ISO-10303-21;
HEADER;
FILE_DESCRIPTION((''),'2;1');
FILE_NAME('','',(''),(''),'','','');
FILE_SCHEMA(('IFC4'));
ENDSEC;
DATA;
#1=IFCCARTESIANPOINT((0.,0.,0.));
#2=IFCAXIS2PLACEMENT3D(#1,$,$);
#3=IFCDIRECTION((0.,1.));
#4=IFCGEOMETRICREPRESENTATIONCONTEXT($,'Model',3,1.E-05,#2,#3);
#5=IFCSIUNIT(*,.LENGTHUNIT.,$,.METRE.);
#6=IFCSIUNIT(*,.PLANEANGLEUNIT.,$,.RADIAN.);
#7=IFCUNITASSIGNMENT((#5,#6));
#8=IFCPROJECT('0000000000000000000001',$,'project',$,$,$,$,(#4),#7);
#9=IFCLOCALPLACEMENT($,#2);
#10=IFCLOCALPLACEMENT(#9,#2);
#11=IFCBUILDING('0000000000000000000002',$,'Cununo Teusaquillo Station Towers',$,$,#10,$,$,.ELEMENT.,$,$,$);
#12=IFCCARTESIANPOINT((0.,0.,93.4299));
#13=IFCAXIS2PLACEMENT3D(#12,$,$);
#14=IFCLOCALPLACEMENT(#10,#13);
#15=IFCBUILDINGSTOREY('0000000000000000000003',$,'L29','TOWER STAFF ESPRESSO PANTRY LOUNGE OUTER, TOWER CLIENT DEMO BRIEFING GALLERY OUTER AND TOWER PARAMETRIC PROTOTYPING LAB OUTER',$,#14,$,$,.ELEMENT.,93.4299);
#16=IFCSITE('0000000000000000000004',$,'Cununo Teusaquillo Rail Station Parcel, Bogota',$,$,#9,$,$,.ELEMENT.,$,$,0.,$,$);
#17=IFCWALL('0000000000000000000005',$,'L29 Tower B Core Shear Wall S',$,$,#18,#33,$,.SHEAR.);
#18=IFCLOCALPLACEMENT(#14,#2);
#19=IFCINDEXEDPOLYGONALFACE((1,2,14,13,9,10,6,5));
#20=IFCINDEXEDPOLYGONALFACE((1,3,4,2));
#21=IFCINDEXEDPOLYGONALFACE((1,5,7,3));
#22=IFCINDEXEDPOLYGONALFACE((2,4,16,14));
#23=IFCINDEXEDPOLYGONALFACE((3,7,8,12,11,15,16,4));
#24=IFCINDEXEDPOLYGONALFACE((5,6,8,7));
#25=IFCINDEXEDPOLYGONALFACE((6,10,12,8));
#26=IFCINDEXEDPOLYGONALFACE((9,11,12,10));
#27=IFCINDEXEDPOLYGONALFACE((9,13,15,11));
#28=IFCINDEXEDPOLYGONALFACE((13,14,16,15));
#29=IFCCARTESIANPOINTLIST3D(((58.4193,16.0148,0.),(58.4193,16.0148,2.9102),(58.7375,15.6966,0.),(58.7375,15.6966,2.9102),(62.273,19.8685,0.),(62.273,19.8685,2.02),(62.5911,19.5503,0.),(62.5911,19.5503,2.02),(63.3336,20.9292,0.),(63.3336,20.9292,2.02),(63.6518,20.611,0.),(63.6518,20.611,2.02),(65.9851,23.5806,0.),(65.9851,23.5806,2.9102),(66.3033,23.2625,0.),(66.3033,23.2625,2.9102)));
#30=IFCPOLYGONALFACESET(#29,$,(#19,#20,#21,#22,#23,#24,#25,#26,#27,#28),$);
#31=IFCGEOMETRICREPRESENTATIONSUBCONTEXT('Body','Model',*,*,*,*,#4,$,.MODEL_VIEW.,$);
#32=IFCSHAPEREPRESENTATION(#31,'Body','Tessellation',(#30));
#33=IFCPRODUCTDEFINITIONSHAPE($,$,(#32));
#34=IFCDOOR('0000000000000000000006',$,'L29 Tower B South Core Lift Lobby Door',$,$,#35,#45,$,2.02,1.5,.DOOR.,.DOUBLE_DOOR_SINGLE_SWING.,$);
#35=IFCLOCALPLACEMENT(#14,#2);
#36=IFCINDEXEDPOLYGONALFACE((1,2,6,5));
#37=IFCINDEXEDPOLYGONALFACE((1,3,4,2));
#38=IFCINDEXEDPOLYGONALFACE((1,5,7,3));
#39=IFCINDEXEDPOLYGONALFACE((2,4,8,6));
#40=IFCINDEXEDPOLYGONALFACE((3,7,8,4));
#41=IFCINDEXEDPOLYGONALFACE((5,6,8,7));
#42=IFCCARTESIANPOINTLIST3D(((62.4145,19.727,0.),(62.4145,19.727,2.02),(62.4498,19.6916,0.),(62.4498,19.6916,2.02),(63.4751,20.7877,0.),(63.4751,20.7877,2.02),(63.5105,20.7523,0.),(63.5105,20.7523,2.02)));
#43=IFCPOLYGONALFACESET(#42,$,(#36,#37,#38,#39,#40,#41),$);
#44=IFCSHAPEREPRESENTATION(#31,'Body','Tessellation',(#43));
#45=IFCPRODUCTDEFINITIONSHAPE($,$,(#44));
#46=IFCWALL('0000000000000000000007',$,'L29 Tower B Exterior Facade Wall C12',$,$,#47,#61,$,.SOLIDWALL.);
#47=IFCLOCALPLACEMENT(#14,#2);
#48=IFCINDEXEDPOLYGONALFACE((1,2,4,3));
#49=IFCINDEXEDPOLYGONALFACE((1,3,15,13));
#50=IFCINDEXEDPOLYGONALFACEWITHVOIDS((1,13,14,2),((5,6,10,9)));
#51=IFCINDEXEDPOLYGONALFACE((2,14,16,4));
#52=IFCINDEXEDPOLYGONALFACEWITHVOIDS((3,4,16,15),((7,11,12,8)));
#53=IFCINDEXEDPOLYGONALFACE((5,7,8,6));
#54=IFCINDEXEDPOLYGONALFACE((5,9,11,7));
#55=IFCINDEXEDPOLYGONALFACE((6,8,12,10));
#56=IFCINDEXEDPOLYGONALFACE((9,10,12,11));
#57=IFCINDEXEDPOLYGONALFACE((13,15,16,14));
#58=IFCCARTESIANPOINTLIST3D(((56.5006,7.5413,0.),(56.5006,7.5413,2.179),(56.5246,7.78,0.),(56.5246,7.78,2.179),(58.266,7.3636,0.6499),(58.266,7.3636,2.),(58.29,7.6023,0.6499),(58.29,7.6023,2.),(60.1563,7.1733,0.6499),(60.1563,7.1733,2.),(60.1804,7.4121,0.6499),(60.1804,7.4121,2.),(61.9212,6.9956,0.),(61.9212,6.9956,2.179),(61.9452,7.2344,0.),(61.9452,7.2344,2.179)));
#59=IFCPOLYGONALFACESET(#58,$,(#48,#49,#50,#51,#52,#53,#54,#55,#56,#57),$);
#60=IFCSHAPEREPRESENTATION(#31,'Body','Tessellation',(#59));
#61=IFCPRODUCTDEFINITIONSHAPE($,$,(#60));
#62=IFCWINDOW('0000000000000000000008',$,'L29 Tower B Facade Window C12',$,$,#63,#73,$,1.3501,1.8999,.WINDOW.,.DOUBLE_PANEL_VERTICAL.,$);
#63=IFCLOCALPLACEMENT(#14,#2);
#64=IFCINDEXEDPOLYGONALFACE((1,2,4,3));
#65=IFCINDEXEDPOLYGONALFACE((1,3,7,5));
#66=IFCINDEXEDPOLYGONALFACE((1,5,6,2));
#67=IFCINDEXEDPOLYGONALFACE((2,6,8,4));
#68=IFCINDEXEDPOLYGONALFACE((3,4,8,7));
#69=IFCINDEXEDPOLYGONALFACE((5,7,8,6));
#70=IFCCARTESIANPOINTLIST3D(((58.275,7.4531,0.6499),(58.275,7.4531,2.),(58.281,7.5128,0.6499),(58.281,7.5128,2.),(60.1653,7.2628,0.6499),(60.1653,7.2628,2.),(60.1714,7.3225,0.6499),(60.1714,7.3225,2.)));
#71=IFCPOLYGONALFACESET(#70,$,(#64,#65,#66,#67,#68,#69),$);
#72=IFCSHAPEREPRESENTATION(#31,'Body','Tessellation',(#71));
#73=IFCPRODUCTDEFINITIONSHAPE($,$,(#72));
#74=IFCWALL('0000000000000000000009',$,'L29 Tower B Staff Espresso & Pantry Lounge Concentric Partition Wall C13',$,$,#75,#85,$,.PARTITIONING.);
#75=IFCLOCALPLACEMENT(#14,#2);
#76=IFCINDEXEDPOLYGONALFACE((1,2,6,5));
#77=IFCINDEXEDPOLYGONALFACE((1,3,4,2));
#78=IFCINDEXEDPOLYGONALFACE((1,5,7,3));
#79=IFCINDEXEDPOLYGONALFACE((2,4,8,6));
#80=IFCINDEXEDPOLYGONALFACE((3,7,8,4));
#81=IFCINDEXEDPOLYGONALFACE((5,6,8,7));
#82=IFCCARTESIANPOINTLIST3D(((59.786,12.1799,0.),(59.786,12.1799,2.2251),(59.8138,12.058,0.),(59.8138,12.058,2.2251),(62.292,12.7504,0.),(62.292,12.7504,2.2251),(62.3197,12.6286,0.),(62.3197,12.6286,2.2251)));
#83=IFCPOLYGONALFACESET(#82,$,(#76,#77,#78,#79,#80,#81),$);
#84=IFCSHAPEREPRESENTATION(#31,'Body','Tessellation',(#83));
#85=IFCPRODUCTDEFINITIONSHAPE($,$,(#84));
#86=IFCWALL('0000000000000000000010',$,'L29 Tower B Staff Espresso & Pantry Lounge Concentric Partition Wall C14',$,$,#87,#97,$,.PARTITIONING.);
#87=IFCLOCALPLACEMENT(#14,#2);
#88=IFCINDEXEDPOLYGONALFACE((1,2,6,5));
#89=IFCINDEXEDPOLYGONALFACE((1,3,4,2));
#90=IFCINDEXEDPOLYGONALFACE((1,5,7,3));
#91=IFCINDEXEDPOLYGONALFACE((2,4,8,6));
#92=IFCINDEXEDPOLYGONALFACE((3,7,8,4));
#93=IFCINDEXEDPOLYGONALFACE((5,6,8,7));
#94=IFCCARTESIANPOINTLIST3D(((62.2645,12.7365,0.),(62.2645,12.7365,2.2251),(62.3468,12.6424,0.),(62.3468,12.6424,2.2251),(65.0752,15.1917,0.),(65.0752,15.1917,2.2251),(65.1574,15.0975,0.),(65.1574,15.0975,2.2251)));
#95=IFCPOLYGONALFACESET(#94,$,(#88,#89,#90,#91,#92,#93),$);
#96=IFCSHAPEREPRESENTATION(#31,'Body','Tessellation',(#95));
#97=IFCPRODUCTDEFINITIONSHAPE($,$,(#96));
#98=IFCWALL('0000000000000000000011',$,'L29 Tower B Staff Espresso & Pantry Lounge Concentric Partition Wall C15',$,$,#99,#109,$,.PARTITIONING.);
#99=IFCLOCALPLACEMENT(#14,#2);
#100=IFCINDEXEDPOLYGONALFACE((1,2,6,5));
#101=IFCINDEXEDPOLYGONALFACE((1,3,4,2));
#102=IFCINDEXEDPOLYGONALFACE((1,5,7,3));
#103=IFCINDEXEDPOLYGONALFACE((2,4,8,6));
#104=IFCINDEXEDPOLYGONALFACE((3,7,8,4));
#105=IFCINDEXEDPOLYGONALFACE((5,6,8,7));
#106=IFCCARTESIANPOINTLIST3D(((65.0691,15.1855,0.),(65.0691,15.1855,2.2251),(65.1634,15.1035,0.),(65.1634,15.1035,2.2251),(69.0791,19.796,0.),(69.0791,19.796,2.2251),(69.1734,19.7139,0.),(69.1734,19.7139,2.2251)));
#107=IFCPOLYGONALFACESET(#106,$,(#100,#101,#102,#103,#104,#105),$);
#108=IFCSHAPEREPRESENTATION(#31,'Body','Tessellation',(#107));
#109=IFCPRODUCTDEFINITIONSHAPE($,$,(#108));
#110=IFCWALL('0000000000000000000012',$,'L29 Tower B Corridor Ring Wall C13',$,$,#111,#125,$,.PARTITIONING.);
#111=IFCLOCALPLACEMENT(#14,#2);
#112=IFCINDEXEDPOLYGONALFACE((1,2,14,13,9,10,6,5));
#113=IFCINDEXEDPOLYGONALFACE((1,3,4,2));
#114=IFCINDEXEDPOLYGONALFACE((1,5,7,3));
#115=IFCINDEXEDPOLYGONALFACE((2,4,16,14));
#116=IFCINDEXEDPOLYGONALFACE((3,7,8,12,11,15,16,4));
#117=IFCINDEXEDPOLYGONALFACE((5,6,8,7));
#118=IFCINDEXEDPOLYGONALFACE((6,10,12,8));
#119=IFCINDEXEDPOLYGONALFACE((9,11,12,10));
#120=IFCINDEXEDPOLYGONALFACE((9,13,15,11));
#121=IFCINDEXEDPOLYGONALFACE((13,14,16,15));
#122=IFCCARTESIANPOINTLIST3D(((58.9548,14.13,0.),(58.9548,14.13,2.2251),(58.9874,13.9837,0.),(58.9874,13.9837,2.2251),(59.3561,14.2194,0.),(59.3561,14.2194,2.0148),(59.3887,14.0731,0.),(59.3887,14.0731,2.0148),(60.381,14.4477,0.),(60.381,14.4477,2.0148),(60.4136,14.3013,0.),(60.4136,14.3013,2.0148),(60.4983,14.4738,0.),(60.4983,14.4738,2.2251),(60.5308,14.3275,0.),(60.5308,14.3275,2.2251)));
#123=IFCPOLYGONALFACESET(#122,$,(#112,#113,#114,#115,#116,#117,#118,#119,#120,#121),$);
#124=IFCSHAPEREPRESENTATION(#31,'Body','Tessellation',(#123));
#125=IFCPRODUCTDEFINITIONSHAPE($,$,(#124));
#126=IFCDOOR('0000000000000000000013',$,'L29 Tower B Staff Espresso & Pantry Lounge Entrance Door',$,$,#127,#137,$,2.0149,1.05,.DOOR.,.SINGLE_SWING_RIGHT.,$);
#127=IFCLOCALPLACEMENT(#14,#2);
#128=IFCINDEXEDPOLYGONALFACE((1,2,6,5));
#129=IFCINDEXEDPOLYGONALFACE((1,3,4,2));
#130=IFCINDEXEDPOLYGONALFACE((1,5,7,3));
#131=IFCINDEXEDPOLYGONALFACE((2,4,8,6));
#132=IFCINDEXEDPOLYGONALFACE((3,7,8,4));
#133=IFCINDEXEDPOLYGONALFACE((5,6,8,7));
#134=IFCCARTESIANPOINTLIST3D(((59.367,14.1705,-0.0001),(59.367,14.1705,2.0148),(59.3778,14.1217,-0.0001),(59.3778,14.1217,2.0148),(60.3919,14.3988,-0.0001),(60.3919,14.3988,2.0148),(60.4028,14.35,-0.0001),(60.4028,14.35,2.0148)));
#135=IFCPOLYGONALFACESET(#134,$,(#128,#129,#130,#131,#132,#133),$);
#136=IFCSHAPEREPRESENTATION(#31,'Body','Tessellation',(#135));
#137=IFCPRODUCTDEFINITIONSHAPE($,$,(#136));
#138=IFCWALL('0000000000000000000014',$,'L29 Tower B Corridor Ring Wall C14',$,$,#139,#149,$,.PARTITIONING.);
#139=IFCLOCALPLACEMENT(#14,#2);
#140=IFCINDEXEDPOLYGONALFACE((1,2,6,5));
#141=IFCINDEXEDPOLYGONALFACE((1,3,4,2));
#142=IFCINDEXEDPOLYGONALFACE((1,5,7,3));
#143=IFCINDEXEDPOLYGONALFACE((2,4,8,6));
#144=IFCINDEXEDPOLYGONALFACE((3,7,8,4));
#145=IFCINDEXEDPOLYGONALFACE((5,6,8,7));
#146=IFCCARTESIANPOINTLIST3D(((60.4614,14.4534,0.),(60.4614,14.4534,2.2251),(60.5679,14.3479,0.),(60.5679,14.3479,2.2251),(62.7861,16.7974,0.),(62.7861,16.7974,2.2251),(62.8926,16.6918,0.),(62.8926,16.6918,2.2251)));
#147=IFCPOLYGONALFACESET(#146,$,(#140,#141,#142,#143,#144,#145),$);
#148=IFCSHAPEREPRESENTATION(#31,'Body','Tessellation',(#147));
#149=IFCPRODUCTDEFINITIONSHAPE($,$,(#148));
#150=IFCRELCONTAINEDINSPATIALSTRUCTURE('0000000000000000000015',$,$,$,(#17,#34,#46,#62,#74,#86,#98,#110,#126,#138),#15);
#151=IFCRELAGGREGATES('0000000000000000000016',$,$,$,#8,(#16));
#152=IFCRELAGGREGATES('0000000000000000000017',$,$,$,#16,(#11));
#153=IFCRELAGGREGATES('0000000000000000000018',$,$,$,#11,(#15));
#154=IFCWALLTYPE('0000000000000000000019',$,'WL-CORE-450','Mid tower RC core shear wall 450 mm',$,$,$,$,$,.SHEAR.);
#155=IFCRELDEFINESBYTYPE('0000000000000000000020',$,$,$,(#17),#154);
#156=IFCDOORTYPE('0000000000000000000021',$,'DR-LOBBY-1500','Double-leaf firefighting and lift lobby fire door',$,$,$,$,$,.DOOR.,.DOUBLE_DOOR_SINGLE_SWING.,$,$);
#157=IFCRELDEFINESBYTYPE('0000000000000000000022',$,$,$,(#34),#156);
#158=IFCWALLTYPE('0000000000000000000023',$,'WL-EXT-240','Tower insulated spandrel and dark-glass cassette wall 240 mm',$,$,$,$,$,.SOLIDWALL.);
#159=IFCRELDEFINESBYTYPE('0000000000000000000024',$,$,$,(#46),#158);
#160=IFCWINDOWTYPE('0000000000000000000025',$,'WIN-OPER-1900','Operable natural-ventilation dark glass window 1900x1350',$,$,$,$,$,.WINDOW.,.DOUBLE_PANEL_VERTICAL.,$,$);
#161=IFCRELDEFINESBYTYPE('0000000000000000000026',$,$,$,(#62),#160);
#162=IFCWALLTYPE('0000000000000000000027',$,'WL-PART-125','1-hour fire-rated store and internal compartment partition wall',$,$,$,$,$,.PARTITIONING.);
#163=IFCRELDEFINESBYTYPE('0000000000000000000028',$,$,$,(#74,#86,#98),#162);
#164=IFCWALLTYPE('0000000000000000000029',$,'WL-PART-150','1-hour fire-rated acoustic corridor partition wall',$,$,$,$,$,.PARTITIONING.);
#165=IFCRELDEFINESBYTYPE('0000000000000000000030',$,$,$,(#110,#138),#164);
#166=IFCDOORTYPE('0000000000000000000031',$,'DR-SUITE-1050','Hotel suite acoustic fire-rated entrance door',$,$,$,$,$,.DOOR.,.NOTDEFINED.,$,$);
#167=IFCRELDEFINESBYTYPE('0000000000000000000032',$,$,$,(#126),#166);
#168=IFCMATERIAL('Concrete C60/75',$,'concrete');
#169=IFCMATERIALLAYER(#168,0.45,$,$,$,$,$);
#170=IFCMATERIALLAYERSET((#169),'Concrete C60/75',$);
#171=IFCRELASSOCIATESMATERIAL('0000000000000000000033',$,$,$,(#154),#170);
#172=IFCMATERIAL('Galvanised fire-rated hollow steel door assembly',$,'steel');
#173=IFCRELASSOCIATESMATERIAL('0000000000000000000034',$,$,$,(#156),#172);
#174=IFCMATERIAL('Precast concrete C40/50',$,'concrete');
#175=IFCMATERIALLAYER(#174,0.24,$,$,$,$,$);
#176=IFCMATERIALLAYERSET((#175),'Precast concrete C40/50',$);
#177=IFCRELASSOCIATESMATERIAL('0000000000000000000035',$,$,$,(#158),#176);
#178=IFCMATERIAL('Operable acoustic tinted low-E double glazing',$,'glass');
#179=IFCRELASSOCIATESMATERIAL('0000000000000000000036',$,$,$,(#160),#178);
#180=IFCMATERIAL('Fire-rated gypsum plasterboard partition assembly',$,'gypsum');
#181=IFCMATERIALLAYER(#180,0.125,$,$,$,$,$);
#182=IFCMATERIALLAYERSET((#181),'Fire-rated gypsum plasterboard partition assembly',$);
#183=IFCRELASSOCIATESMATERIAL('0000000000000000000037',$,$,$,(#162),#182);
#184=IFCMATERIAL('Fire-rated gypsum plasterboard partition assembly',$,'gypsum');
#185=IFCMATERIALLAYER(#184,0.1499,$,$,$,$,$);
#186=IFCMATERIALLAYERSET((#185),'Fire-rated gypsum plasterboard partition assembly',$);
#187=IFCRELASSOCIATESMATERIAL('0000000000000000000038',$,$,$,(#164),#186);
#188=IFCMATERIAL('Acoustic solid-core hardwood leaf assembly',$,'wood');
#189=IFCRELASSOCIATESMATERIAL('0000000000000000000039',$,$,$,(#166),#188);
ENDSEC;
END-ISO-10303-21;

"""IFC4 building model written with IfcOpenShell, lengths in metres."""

from ifc_helpers import new_model, si_unit, direction, frame, frame_2d, origin, place, context, subcontext, project, spatial, rectangle, extrude, source, transform, mapped, material, layer, layer_set, type_object, element, fill, save


model = new_model("IFC4")

# Units and contexts
model_context = context("Model", 3, precision=1e-05, world=origin(), true_north=direction((0.0, 1.0)))
body_context = subcontext(model_context, "Body", "Model", "MODEL_VIEW")
ifc_project = project(units=[si_unit("LENGTHUNIT", "METRE"), si_unit("PLANEANGLEUNIT", "RADIAN")], contexts=[model_context])

# Site, building, storey
site_placement = place(None, origin())
site = spatial("IfcSite", under=ifc_project, at=site_placement, Name="Cununo Teusaquillo Rail Station Parcel, Bogota", CompositionType="ELEMENT", RefElevation=0.0)
building_placement = place(site_placement, origin())
building = spatial("IfcBuilding", under=site, at=building_placement, Name="Cununo Teusaquillo Station Towers", CompositionType="ELEMENT")
storey_placement = place(building_placement, frame((0.0, 0.0, 93.4299)))
storey = spatial("IfcBuildingStorey", under=building, at=storey_placement, Name="L29", Description="TOWER STAFF ESPRESSO PANTRY LOUNGE OUTER, TOWER CLIENT DEMO BRIEFING GALLERY OUTER AND TOWER PARAMETRIC PROTOTYPING LAB OUTER", CompositionType="ELEMENT", Elevation=93.4299)

# Shared definitions
ifc_material_1 = material(Name="Concrete C60/75", Category="concrete")
ifc_layer_1 = layer(ifc_material_1, 0.45)
ifc_layer_set_1 = layer_set([ifc_layer_1], Name="Concrete C60/75")
wall_type_1 = type_object("IfcWallType", Name="WL-CORE-450", Description="Mid tower RC core shear wall 450 mm", PredefinedType="SHEAR", material=ifc_layer_set_1)

# Wall, opening, door
wall_1_placement = place(storey_placement, frame((58.5784, 15.8557, 0.0), z_axis=(0.0, 0.0, 1.0), x_axis=(0.707107, 0.707107, 0.0)))
wall_1 = element("IfcWall", 1, at=wall_1_placement, inside=storey, type_object=wall_type_1, Name="L29 Tower B Core Shear Wall S", PredefinedType="SHEAR", context=body_context, shape_type="SweptSolid", body=[
    extrude(rectangle(XDim=10.6997, YDim=0.45, at=frame_2d((5.3499, 0.0))), origin(), (0.0, 0.0, 1.0), 2.9102),
])
shared_shape_1 = source(origin(), body_context, "Body", "SweptSolid", [
    extrude(rectangle(XDim=1.5, YDim=2.02, at=frame_2d((0.75, 1.01))), frame((0.0, 0.2349, 0.0), z_axis=(0.0, -1.0, 0.0), x_axis=(1.0, 0.0, 0.0)), (0.0, 0.0, 1.0), 0.47),
])
opening_1_placement = place(wall_1_placement, frame((5.45, 0.0, 0.0)))
opening_1 = element("IfcOpeningElement", 2, at=opening_1_placement, cuts=wall_1, PredefinedType="OPENING", context=body_context, shape_type="MappedRepresentation", body=[
    mapped(shared_shape_1, transform((0.0, 0.0, 0.0), x_axis=(1.0, 0.0, 0.0), y_axis=(0.0, 1.0, 0.0), z_axis=(0.0, 0.0, 1.0), scale=1.0)),
])
ifc_material_2 = material(Name="Galvanised fire-rated hollow steel door assembly", Category="steel")
door_type_1 = type_object("IfcDoorType", Name="DR-LOBBY-1500", Description="Double-leaf firefighting and lift lobby fire door", OperationType="DOUBLE_DOOR_SINGLE_SWING", PredefinedType="DOOR", material=ifc_material_2)
shared_shape_2 = source(origin(), body_context, "Body", "SweptSolid", [
    extrude(rectangle(XDim=1.5, YDim=2.02, at=frame_2d((0.75, 1.01))), frame((0.0, 0.0249, 0.0), z_axis=(0.0, -1.0, 0.0), x_axis=(1.0, 0.0, 0.0)), (0.0, 0.0, 1.0), 0.05),
])
door_1_placement = place(opening_1_placement, origin())
door_1 = element("IfcDoor", 3, at=door_1_placement, inside=storey, type_object=door_type_1, Name="L29 Tower B South Core Lift Lobby Door", OperationType="DOUBLE_DOOR_SINGLE_SWING", OverallHeight=2.02, OverallWidth=1.5, PredefinedType="DOOR", context=body_context, shape_type="MappedRepresentation", body=[
    mapped(shared_shape_2, transform((0.0, 0.0, 0.0), x_axis=(1.0, 0.0, 0.0), y_axis=(0.0, 1.0, 0.0), z_axis=(0.0, 0.0, 1.0), scale=1.0)),
])
fill(opening_1, door_1)

# Wall, opening, window
ifc_material_3 = material(Name="Precast concrete C40/50", Category="concrete")
ifc_layer_2 = layer(ifc_material_3, 0.24)
ifc_layer_set_2 = layer_set([ifc_layer_2], Name="Precast concrete C40/50")
wall_type_2 = type_object("IfcWallType", Name="WL-EXT-240", Description="Tower insulated spandrel and dark-glass cassette wall 240 mm", PredefinedType="SOLIDWALL", material=ifc_layer_set_2)
wall_2_placement = place(storey_placement, frame((61.9333, 7.115, 0.0), z_axis=(0.0, 0.0, 1.0), x_axis=(-0.994972, 0.100156, 0.0)))
wall_2 = element("IfcWall", 4, at=wall_2_placement, inside=storey, type_object=wall_type_2, Name="L29 Tower B Exterior Facade Wall C12", PredefinedType="SOLIDWALL", context=body_context, shape_type="SweptSolid", body=[
    extrude(rectangle(XDim=5.448, YDim=0.24, at=frame_2d((2.7241, 0.0))), origin(), (0.0, 0.0, 1.0), 2.179),
])
shared_shape_3 = source(origin(), body_context, "Body", "SweptSolid", [
    extrude(rectangle(XDim=1.8999, YDim=1.3501, at=frame_2d((0.95, 0.675))), frame((0.0, 0.1299, 0.0), z_axis=(0.0, -1.0, 0.0), x_axis=(1.0, 0.0, 0.0)), (0.0, 0.0, 1.0), 0.26),
])
opening_2_placement = place(wall_2_placement, frame((1.7739, 0.0, 0.6499)))
opening_2 = element("IfcOpeningElement", 5, at=opening_2_placement, cuts=wall_2, PredefinedType="OPENING", context=body_context, shape_type="MappedRepresentation", body=[
    mapped(shared_shape_3, transform((0.0, 0.0, 0.0), x_axis=(1.0, 0.0, 0.0), y_axis=(0.0, 1.0, 0.0), z_axis=(0.0, 0.0, 1.0), scale=1.0)),
])
ifc_material_4 = material(Name="Operable acoustic tinted low-E double glazing", Category="glass")
window_type = type_object("IfcWindowType", Name="WIN-OPER-1900", Description="Operable natural-ventilation dark glass window 1900x1350", PartitioningType="DOUBLE_PANEL_VERTICAL", PredefinedType="WINDOW", material=ifc_material_4)
shared_shape_4 = source(origin(), body_context, "Body", "SweptSolid", [
    extrude(rectangle(XDim=1.8999, YDim=1.3501, at=frame_2d((0.95, 0.675))), frame((0.0, 0.03, 0.0), z_axis=(0.0, -1.0, 0.0), x_axis=(1.0, 0.0, 0.0)), (0.0, 0.0, 1.0), 0.0601),
])
window_placement = place(opening_2_placement, origin())
window = element("IfcWindow", 6, at=window_placement, inside=storey, type_object=window_type, Name="L29 Tower B Facade Window C12", OverallHeight=1.3501, OverallWidth=1.8999, PartitioningType="DOUBLE_PANEL_VERTICAL", PredefinedType="WINDOW", context=body_context, shape_type="MappedRepresentation", body=[
    mapped(shared_shape_4, transform((0.0, 0.0, 0.0), x_axis=(1.0, 0.0, 0.0), y_axis=(0.0, 1.0, 0.0), z_axis=(0.0, 0.0, 1.0), scale=1.0)),
])
fill(opening_2, window)

# Walls
ifc_material_5 = material(Name="Fire-rated gypsum plasterboard partition assembly", Category="gypsum")
ifc_layer_3 = layer(ifc_material_5, 0.125)
ifc_layer_set_3 = layer_set([ifc_layer_3], Name="Fire-rated gypsum plasterboard partition assembly")
wall_type_3 = type_object("IfcWallType", Name="WL-PART-125", Description="1-hour fire-rated store and internal compartment partition wall", PredefinedType="PARTITIONING", material=ifc_layer_set_3)
wall_3_placement = place(storey_placement, frame((59.7998, 12.1189, 0.0), z_axis=(0.0, 0.0, 1.0), x_axis=(0.975045, 0.222007, 0.0)))
element("IfcWall", 7, at=wall_3_placement, inside=storey, type_object=wall_type_3, Name="L29 Tower B Staff Espresso & Pantry Lounge Concentric Partition Wall C13", PredefinedType="PARTITIONING", context=body_context, shape_type="SweptSolid", body=[
    extrude(rectangle(XDim=2.5701, YDim=0.125, at=frame_2d((1.2852, 0.0))), origin(), (0.0, 0.0, 1.0), 2.2251),
])
wall_4_placement = place(storey_placement, frame((62.3057, 12.6895, 0.0), z_axis=(0.0, 0.0, 1.0), x_axis=(0.753128, 0.657874, 0.0)))
element("IfcWall", 8, at=wall_4_placement, inside=storey, type_object=wall_type_3, Name="L29 Tower B Staff Espresso & Pantry Lounge Concentric Partition Wall C14", PredefinedType="PARTITIONING", context=body_context, shape_type="SweptSolid", body=[
    extrude(rectangle(XDim=3.7319, YDim=0.125, at=frame_2d((1.866, 0.0))), origin(), (0.0, 0.0, 1.0), 2.2251),
])
wall_5_placement = place(storey_placement, frame((65.1162, 15.1445, 0.0), z_axis=(0.0, 0.0, 1.0), x_axis=(0.656273, 0.754524, 0.0)))
element("IfcWall", 9, at=wall_5_placement, inside=storey, type_object=wall_type_3, Name="L29 Tower B Staff Espresso & Pantry Lounge Concentric Partition Wall C15", PredefinedType="PARTITIONING", context=body_context, shape_type="SweptSolid", body=[
    extrude(rectangle(XDim=6.1104, YDim=0.125, at=frame_2d((3.0552, 0.0))), origin(), (0.0, 0.0, 1.0), 2.2251),
])

# Wall, opening, door
ifc_material_6 = material(Name="Fire-rated gypsum plasterboard partition assembly", Category="gypsum")
ifc_layer_4 = layer(ifc_material_6, 0.1499)
ifc_layer_set_4 = layer_set([ifc_layer_4], Name="Fire-rated gypsum plasterboard partition assembly")
wall_type_4 = type_object("IfcWallType", Name="WL-PART-150", Description="1-hour fire-rated acoustic corridor partition wall", PredefinedType="PARTITIONING", material=ifc_layer_set_4)
wall_6_placement = place(storey_placement, frame((58.9712, 14.0569, 0.0), z_axis=(0.0, 0.0, 1.0), x_axis=(0.976085, 0.217388, 0.0)))
wall_6 = element("IfcWall", 10, at=wall_6_placement, inside=storey, type_object=wall_type_4, Name="L29 Tower B Corridor Ring Wall C13", PredefinedType="PARTITIONING", context=body_context, shape_type="SweptSolid", body=[
    extrude(rectangle(XDim=1.5813, YDim=0.1499, at=frame_2d((0.7905, 0.0))), origin(), (0.0, 0.0, 1.0), 2.2251),
])
shared_shape_5 = source(origin(), body_context, "Body", "SweptSolid", [
    extrude(rectangle(XDim=1.05, YDim=2.0149, at=frame_2d((0.5249, 1.0073))), frame((0.0, 0.085, 0.0), z_axis=(0.0, -1.0, 0.0), x_axis=(1.0, 0.0, 0.0)), (0.0, 0.0, 1.0), 0.1699),
])
opening_3_placement = place(wall_6_placement, frame((0.4111, 0.0, 0.0)))
opening_3 = element("IfcOpeningElement", 11, at=opening_3_placement, cuts=wall_6, PredefinedType="OPENING", context=body_context, shape_type="MappedRepresentation", body=[
    mapped(shared_shape_5, transform((0.0, 0.0, 0.0), x_axis=(1.0, 0.0, 0.0), y_axis=(0.0, 1.0, 0.0), z_axis=(0.0, 0.0, 1.0), scale=1.0)),
])
ifc_material_7 = material(Name="Acoustic solid-core hardwood leaf assembly", Category="wood")
door_type_2 = type_object("IfcDoorType", Name="DR-SUITE-1050", Description="Hotel suite acoustic fire-rated entrance door", OperationType="NOTDEFINED", PredefinedType="DOOR", material=ifc_material_7)
shared_shape_6 = source(origin(), body_context, "Body", "SweptSolid", [
    extrude(rectangle(XDim=1.05, YDim=2.0149, at=frame_2d((0.5249, 1.0073))), frame((0.0, 0.0249, 0.0), z_axis=(0.0, -1.0, 0.0), x_axis=(1.0, 0.0, 0.0)), (0.0, 0.0, 1.0), 0.05),
])
door_2_placement = place(opening_3_placement, origin())
door_2 = element("IfcDoor", 12, at=door_2_placement, inside=storey, type_object=door_type_2, Name="L29 Tower B Staff Espresso & Pantry Lounge Entrance Door", OperationType="SINGLE_SWING_RIGHT", OverallHeight=2.0149, OverallWidth=1.05, PredefinedType="DOOR", context=body_context, shape_type="MappedRepresentation", body=[
    mapped(shared_shape_6, transform((0.0, 0.0, 0.0), x_axis=(1.0, 0.0, 0.0), y_axis=(0.0, 1.0, 0.0), z_axis=(0.0, 0.0, 1.0), scale=1.0)),
])
fill(opening_3, door_2)

# Wall
wall_7_placement = place(storey_placement, frame((60.5146, 14.4006, 0.0), z_axis=(0.0, 0.0, 1.0), x_axis=(0.70418, 0.710022, 0.0)))
element("IfcWall", 13, at=wall_7_placement, inside=storey, type_object=wall_type_4, Name="L29 Tower B Corridor Ring Wall C14", PredefinedType="PARTITIONING", context=body_context, shape_type="SweptSolid", body=[
    extrude(rectangle(XDim=3.3013, YDim=0.1499, at=frame_2d((1.6506, 0.0))), origin(), (0.0, 0.0, 1.0), 2.2251),
])

save(model, "model.ifc")
